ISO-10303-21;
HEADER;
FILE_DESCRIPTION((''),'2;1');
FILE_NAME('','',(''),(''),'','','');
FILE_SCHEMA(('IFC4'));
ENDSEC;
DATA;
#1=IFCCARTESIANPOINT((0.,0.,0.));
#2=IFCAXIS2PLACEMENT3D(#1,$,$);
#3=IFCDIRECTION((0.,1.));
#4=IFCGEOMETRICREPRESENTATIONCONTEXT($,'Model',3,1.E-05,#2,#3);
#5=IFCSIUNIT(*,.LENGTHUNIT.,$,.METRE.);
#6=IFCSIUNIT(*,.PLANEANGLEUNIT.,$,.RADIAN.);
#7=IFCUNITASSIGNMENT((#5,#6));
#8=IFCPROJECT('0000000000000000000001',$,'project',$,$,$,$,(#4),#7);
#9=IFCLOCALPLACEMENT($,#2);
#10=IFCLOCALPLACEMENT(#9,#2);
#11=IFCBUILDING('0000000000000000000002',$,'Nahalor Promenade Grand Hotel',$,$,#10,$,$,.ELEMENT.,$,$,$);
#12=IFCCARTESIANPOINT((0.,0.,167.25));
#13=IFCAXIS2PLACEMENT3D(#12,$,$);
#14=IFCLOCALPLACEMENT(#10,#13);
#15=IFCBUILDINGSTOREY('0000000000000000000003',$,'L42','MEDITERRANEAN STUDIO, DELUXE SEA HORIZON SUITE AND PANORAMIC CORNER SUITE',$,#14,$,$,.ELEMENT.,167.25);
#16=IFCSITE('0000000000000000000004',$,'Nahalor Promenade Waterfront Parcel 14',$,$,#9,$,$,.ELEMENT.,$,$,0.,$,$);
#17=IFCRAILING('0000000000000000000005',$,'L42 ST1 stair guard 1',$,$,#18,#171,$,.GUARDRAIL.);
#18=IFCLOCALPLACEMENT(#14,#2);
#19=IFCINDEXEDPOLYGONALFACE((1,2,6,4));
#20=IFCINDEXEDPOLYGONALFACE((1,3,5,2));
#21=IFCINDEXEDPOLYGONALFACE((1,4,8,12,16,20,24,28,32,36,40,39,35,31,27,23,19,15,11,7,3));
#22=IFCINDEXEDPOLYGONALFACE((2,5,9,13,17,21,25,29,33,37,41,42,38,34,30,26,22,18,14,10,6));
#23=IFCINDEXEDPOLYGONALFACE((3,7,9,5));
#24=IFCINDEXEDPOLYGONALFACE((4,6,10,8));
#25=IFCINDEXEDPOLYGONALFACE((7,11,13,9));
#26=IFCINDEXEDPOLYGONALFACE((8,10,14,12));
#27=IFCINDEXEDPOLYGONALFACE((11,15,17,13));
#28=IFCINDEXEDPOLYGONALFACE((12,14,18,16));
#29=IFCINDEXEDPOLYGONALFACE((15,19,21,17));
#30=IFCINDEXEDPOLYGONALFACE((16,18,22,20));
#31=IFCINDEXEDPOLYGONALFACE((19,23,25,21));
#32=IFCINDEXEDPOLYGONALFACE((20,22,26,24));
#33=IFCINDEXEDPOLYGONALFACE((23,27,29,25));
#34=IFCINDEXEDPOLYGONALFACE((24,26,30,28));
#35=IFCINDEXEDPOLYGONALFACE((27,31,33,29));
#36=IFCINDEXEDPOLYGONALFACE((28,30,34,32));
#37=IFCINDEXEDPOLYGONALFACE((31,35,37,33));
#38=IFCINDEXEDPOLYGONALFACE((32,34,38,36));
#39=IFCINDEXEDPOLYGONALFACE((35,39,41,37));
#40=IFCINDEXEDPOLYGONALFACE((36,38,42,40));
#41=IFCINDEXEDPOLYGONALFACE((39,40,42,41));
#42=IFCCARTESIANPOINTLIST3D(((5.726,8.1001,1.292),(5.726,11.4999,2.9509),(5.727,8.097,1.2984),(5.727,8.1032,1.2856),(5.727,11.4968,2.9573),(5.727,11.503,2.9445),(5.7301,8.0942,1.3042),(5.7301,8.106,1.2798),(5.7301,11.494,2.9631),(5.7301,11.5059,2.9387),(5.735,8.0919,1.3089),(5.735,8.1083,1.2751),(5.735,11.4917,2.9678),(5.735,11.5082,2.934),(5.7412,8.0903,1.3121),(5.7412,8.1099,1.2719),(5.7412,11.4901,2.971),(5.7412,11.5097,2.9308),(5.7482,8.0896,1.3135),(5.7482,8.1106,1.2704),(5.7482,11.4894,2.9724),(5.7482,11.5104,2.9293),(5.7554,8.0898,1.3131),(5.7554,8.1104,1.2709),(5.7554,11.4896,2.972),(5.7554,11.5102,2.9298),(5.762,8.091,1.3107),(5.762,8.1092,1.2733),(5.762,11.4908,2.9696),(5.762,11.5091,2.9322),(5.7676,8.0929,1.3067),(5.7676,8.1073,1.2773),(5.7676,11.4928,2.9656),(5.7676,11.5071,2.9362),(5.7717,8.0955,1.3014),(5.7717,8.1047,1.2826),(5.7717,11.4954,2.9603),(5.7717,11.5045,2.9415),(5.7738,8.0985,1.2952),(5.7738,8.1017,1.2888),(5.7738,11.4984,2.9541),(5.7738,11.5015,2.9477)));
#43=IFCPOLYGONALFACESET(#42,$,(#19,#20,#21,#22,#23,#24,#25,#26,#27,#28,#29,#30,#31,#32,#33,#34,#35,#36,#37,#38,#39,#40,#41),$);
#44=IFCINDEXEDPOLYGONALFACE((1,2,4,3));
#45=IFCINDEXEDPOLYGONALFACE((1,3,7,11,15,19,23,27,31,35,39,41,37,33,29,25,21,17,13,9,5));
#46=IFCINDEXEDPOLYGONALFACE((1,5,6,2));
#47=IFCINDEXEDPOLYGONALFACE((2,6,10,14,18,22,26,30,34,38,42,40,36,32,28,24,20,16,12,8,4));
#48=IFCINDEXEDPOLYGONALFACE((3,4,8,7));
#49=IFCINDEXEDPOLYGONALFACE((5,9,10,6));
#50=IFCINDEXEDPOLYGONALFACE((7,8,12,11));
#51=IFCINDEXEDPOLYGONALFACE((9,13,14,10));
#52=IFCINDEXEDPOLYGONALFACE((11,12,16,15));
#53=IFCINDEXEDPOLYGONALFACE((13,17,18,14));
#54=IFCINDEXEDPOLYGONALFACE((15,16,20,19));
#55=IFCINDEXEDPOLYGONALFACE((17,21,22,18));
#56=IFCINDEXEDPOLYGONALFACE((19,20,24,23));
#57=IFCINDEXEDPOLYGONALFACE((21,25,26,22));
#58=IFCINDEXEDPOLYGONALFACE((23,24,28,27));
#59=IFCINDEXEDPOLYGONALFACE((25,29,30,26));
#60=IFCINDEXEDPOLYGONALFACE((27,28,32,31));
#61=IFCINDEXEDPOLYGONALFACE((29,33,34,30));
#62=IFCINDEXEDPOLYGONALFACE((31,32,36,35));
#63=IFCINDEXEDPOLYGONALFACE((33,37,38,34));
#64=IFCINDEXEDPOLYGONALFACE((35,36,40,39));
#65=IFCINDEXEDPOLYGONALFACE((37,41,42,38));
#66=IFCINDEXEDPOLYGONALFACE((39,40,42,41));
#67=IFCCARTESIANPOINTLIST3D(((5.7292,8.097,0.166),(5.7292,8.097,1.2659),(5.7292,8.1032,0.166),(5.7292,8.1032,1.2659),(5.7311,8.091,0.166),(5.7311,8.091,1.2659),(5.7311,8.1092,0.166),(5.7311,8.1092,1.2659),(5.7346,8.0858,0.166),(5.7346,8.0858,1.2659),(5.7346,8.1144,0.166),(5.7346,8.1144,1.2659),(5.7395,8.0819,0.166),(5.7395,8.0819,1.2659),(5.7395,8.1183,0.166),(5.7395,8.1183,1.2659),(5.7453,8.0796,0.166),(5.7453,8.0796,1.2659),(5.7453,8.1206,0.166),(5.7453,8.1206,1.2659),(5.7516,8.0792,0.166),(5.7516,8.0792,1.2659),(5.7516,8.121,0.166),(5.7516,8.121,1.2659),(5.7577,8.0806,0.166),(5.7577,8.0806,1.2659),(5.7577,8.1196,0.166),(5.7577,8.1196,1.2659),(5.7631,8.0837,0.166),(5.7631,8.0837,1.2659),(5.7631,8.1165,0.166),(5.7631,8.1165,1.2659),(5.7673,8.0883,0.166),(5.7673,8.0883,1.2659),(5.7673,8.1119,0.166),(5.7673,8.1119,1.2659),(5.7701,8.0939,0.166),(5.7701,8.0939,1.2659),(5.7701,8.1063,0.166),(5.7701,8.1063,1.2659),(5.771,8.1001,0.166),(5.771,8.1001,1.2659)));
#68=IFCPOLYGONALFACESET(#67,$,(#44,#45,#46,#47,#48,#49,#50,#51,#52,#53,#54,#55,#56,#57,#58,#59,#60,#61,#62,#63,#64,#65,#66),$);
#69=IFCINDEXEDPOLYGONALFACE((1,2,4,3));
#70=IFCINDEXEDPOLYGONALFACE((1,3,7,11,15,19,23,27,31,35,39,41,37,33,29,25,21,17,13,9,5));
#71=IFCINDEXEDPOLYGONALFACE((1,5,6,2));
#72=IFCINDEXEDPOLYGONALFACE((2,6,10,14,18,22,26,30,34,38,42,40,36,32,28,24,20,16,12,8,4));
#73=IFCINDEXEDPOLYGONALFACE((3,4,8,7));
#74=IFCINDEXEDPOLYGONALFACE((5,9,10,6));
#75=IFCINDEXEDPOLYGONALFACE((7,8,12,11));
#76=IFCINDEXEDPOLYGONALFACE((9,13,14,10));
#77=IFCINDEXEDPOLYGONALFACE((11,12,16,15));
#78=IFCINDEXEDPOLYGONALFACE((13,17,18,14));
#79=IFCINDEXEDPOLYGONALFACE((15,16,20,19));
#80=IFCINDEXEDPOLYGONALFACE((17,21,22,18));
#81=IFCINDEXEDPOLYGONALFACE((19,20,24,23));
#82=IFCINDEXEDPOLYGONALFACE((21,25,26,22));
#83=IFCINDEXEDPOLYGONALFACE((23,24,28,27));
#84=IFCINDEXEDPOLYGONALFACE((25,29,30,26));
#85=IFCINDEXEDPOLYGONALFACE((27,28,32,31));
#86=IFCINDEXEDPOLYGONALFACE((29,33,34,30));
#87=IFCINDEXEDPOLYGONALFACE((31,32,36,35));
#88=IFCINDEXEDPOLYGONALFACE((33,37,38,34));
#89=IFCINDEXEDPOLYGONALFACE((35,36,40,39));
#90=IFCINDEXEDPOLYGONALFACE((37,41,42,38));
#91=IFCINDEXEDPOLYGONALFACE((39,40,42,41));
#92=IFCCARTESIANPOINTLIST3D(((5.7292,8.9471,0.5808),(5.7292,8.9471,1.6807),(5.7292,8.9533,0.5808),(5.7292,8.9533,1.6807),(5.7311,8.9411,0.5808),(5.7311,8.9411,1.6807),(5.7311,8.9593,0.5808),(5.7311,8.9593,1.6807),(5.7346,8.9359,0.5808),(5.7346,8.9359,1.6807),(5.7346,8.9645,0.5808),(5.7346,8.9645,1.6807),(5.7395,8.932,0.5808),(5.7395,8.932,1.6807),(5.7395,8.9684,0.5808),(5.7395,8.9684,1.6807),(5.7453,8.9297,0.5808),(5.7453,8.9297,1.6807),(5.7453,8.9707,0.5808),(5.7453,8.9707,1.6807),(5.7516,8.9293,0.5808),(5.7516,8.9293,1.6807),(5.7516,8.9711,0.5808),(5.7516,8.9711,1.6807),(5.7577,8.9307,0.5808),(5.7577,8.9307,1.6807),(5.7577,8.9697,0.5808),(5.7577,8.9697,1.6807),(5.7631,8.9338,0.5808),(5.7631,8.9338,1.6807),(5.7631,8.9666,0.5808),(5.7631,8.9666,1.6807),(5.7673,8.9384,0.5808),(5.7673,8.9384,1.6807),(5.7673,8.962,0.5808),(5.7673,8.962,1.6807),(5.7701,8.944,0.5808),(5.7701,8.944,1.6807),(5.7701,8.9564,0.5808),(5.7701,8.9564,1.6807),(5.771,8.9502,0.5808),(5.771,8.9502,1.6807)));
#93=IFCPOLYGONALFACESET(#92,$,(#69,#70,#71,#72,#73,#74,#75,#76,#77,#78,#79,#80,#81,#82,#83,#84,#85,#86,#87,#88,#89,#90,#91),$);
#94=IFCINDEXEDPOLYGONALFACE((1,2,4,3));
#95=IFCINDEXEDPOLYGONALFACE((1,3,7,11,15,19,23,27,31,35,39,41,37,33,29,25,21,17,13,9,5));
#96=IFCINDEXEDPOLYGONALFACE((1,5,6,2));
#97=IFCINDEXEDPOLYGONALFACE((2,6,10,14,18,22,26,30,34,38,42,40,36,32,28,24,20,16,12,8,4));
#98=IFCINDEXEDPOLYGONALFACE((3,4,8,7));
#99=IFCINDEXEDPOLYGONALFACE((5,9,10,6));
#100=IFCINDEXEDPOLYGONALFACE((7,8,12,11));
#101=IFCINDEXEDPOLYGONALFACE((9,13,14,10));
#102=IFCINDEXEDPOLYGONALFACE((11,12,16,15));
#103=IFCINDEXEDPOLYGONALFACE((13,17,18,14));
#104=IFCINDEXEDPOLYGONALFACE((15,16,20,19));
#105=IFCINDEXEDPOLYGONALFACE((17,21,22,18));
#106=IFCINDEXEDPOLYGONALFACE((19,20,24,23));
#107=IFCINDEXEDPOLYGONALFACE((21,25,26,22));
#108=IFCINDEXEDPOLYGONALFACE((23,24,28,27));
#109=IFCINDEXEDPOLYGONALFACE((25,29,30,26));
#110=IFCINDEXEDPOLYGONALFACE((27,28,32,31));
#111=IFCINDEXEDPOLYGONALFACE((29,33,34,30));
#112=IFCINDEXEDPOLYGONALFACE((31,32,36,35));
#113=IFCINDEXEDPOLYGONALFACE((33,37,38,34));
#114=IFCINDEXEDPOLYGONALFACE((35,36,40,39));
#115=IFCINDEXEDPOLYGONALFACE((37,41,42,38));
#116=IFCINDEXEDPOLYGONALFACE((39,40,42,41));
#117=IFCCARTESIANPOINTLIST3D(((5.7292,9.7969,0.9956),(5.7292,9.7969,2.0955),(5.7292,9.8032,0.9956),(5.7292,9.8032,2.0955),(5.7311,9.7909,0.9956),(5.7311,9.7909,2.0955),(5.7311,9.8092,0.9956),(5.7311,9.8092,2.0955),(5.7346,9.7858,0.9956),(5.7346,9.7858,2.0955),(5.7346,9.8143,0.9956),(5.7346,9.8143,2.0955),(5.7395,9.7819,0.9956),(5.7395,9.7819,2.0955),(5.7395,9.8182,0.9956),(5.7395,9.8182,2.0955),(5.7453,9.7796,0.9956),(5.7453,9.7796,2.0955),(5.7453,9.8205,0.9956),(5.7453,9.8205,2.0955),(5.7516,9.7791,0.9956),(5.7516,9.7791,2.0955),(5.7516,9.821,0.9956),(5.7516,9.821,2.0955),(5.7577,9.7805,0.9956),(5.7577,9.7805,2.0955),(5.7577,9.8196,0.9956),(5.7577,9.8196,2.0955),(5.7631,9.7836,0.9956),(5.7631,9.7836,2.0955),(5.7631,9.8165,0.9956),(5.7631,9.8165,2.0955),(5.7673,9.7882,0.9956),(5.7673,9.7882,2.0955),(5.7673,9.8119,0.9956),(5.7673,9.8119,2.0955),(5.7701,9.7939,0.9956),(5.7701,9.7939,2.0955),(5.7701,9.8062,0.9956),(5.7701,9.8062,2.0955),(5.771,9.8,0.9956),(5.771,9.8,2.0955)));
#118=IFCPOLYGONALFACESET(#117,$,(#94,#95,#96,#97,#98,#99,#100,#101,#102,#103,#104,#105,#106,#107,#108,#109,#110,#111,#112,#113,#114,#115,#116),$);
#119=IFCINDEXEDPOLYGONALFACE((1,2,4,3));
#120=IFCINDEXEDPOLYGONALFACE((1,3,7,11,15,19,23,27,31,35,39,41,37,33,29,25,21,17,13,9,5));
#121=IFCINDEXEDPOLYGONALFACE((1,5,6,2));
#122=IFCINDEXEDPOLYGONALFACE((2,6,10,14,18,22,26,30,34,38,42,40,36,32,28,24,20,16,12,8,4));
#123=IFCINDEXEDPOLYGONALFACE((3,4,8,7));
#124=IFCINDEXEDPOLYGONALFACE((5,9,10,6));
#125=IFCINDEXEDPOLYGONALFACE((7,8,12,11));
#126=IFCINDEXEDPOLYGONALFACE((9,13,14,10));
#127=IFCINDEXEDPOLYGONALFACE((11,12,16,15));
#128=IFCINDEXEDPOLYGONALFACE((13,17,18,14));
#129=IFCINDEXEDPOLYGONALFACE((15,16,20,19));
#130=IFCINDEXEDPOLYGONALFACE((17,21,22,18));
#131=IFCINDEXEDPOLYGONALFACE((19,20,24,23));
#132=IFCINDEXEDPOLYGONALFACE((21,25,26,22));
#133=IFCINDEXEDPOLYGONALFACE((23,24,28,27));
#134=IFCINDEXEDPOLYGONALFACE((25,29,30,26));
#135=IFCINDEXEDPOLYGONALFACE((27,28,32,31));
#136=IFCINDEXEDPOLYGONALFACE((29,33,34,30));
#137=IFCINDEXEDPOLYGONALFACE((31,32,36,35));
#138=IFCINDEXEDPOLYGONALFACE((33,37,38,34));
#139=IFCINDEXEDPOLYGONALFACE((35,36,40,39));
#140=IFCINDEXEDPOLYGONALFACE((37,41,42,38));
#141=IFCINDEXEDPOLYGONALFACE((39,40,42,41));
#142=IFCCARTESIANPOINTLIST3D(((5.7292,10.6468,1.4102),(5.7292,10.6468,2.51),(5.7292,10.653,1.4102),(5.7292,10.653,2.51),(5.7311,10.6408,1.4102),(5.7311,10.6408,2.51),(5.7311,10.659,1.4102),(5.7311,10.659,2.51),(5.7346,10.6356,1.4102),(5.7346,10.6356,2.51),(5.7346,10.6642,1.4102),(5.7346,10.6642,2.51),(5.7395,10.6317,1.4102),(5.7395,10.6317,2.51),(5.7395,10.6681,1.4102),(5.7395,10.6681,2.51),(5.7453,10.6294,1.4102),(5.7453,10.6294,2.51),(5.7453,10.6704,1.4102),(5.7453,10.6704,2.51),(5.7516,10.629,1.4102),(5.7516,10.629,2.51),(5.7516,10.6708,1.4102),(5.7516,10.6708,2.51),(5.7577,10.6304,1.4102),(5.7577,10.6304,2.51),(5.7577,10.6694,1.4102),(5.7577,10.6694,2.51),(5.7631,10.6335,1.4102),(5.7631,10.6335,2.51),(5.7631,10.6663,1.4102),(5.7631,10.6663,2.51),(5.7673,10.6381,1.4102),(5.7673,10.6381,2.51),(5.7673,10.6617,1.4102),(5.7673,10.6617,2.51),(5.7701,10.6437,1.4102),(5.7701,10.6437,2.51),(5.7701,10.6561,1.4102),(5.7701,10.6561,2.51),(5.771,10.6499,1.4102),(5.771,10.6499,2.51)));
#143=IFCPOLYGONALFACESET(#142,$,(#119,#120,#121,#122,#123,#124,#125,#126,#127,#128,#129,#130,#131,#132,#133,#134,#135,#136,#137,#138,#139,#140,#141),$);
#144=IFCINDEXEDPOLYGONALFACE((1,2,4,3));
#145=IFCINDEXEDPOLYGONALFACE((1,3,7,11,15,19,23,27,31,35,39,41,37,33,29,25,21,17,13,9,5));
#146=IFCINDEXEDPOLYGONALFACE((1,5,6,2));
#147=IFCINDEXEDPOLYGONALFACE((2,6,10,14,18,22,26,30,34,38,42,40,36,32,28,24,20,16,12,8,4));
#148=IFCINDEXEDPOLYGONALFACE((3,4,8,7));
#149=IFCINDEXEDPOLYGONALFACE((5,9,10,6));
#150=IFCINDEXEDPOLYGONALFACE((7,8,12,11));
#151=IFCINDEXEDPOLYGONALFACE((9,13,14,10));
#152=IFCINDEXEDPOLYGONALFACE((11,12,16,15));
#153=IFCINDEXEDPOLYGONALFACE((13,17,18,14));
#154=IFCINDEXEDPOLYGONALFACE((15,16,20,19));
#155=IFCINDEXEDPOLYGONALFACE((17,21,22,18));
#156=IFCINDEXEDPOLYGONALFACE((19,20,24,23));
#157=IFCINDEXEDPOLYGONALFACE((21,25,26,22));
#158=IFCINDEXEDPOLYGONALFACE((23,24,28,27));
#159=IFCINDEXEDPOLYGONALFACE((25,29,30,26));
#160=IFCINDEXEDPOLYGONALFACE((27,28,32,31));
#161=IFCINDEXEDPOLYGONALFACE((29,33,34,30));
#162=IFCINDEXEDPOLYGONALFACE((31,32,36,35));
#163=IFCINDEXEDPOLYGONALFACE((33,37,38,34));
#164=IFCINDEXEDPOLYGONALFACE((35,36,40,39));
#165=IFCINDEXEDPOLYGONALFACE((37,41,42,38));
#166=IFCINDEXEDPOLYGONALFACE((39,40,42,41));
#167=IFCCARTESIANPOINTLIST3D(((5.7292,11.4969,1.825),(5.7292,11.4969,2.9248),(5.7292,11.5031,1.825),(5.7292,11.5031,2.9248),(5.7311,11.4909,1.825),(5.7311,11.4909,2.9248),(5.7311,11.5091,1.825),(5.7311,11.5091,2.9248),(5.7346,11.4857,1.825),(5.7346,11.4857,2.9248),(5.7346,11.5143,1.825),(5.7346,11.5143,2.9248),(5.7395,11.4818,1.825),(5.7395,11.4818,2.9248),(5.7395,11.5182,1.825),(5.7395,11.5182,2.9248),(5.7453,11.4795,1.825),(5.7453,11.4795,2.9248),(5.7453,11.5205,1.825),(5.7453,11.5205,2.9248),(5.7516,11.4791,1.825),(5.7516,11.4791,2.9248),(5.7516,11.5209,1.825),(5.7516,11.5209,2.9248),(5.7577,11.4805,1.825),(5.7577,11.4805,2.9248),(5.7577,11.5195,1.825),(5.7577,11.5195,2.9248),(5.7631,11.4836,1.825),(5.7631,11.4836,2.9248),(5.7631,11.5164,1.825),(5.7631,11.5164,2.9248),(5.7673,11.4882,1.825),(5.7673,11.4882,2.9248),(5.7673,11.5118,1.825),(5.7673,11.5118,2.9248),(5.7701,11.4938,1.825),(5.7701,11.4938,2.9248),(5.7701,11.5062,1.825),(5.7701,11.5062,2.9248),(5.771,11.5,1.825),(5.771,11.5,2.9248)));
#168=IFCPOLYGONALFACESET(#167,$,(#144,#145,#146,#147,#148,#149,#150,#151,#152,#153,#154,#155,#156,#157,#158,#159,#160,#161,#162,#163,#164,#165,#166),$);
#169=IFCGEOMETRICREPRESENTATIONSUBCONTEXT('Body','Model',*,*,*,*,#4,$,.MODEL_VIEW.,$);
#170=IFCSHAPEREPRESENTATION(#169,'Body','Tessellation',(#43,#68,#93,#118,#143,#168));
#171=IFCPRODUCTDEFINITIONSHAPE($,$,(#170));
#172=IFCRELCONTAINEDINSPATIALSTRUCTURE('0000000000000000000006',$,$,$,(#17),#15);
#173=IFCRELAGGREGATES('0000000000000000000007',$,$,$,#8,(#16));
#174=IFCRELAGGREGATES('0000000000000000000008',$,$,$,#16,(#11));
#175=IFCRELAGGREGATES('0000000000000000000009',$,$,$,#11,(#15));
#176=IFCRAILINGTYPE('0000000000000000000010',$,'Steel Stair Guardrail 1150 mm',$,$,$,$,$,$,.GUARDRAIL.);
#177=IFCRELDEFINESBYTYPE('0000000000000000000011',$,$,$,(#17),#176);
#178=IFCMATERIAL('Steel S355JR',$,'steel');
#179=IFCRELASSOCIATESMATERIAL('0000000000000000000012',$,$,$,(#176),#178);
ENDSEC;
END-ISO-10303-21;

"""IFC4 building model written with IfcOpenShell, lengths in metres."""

from ifc_helpers import new_model, si_unit, direction, frame, origin, origin_2d, place, context, subcontext, project, spatial, circle, extrude, material, type_object, element, save


model = new_model("IFC4")

# Units and contexts
model_context = context("Model", 3, precision=1e-05, world=origin(), true_north=direction((0.0, 1.0)))
body_context = subcontext(model_context, "Body", "Model", "MODEL_VIEW")
ifc_project = project(units=[si_unit("LENGTHUNIT", "METRE"), si_unit("PLANEANGLEUNIT", "RADIAN")], contexts=[model_context])

# Site, building, storey
site_placement = place(None, origin())
site = spatial("IfcSite", under=ifc_project, at=site_placement, Name="Nahalor Promenade Waterfront Parcel 14", CompositionType="ELEMENT", RefElevation=0.0)
building_placement = place(site_placement, origin())
building = spatial("IfcBuilding", under=site, at=building_placement, Name="Nahalor Promenade Grand Hotel", CompositionType="ELEMENT")
storey_placement = place(building_placement, frame((0.0, 0.0, 167.25)))
storey = spatial("IfcBuildingStorey", under=building, at=storey_placement, Name="L42", Description="MEDITERRANEAN STUDIO, DELUXE SEA HORIZON SUITE AND PANORAMIC CORNER SUITE", CompositionType="ELEMENT", Elevation=167.25)

# Shared definitions
ifc_material_1 = material(Name="Steel S355JR", Category="steel")

# Railing
railing_type_1 = type_object("IfcRailingType", Name="Steel Stair Guardrail 1150 mm", PredefinedType="GUARDRAIL", material=ifc_material_1)
railing_1_placement = place(storey_placement, frame((5.75, 8.1001, 0.166)))
element("IfcRailing", 1, at=railing_1_placement, inside=storey, type_object=railing_type_1, Name="L42 ST1 stair guard 1", PredefinedType="GUARDRAIL", context=body_context, shape_type="SweptSolid", body=[
    extrude(circle(Radius=0.024, at=origin_2d()), frame((0.0, 0.0, 1.126), z_axis=(0.0, 0.898722, 0.438519), x_axis=(-1.0, 0.0, 0.0)), (0.0, 0.0, 1.0), 3.783),
    extrude(circle(Radius=0.021, at=origin_2d()), origin(), (0.0, 0.0, 1.0), 1.0999),
    extrude(circle(Radius=0.021, at=origin_2d()), frame((0.0, 0.8501, 0.4148)), (0.0, 0.0, 1.0), 1.0999),
    extrude(circle(Radius=0.021, at=origin_2d()), frame((0.0, 1.7, 0.8296)), (0.0, 0.0, 1.0), 1.0999),
    extrude(circle(Radius=0.021, at=origin_2d()), frame((0.0, 2.5498, 1.2441)), (0.0, 0.0, 1.0), 1.0999),
    extrude(circle(Radius=0.021, at=origin_2d()), frame((0.0, 3.3999, 1.6589)), (0.0, 0.0, 1.0), 1.0999),
])

save(model, "model.ifc")
